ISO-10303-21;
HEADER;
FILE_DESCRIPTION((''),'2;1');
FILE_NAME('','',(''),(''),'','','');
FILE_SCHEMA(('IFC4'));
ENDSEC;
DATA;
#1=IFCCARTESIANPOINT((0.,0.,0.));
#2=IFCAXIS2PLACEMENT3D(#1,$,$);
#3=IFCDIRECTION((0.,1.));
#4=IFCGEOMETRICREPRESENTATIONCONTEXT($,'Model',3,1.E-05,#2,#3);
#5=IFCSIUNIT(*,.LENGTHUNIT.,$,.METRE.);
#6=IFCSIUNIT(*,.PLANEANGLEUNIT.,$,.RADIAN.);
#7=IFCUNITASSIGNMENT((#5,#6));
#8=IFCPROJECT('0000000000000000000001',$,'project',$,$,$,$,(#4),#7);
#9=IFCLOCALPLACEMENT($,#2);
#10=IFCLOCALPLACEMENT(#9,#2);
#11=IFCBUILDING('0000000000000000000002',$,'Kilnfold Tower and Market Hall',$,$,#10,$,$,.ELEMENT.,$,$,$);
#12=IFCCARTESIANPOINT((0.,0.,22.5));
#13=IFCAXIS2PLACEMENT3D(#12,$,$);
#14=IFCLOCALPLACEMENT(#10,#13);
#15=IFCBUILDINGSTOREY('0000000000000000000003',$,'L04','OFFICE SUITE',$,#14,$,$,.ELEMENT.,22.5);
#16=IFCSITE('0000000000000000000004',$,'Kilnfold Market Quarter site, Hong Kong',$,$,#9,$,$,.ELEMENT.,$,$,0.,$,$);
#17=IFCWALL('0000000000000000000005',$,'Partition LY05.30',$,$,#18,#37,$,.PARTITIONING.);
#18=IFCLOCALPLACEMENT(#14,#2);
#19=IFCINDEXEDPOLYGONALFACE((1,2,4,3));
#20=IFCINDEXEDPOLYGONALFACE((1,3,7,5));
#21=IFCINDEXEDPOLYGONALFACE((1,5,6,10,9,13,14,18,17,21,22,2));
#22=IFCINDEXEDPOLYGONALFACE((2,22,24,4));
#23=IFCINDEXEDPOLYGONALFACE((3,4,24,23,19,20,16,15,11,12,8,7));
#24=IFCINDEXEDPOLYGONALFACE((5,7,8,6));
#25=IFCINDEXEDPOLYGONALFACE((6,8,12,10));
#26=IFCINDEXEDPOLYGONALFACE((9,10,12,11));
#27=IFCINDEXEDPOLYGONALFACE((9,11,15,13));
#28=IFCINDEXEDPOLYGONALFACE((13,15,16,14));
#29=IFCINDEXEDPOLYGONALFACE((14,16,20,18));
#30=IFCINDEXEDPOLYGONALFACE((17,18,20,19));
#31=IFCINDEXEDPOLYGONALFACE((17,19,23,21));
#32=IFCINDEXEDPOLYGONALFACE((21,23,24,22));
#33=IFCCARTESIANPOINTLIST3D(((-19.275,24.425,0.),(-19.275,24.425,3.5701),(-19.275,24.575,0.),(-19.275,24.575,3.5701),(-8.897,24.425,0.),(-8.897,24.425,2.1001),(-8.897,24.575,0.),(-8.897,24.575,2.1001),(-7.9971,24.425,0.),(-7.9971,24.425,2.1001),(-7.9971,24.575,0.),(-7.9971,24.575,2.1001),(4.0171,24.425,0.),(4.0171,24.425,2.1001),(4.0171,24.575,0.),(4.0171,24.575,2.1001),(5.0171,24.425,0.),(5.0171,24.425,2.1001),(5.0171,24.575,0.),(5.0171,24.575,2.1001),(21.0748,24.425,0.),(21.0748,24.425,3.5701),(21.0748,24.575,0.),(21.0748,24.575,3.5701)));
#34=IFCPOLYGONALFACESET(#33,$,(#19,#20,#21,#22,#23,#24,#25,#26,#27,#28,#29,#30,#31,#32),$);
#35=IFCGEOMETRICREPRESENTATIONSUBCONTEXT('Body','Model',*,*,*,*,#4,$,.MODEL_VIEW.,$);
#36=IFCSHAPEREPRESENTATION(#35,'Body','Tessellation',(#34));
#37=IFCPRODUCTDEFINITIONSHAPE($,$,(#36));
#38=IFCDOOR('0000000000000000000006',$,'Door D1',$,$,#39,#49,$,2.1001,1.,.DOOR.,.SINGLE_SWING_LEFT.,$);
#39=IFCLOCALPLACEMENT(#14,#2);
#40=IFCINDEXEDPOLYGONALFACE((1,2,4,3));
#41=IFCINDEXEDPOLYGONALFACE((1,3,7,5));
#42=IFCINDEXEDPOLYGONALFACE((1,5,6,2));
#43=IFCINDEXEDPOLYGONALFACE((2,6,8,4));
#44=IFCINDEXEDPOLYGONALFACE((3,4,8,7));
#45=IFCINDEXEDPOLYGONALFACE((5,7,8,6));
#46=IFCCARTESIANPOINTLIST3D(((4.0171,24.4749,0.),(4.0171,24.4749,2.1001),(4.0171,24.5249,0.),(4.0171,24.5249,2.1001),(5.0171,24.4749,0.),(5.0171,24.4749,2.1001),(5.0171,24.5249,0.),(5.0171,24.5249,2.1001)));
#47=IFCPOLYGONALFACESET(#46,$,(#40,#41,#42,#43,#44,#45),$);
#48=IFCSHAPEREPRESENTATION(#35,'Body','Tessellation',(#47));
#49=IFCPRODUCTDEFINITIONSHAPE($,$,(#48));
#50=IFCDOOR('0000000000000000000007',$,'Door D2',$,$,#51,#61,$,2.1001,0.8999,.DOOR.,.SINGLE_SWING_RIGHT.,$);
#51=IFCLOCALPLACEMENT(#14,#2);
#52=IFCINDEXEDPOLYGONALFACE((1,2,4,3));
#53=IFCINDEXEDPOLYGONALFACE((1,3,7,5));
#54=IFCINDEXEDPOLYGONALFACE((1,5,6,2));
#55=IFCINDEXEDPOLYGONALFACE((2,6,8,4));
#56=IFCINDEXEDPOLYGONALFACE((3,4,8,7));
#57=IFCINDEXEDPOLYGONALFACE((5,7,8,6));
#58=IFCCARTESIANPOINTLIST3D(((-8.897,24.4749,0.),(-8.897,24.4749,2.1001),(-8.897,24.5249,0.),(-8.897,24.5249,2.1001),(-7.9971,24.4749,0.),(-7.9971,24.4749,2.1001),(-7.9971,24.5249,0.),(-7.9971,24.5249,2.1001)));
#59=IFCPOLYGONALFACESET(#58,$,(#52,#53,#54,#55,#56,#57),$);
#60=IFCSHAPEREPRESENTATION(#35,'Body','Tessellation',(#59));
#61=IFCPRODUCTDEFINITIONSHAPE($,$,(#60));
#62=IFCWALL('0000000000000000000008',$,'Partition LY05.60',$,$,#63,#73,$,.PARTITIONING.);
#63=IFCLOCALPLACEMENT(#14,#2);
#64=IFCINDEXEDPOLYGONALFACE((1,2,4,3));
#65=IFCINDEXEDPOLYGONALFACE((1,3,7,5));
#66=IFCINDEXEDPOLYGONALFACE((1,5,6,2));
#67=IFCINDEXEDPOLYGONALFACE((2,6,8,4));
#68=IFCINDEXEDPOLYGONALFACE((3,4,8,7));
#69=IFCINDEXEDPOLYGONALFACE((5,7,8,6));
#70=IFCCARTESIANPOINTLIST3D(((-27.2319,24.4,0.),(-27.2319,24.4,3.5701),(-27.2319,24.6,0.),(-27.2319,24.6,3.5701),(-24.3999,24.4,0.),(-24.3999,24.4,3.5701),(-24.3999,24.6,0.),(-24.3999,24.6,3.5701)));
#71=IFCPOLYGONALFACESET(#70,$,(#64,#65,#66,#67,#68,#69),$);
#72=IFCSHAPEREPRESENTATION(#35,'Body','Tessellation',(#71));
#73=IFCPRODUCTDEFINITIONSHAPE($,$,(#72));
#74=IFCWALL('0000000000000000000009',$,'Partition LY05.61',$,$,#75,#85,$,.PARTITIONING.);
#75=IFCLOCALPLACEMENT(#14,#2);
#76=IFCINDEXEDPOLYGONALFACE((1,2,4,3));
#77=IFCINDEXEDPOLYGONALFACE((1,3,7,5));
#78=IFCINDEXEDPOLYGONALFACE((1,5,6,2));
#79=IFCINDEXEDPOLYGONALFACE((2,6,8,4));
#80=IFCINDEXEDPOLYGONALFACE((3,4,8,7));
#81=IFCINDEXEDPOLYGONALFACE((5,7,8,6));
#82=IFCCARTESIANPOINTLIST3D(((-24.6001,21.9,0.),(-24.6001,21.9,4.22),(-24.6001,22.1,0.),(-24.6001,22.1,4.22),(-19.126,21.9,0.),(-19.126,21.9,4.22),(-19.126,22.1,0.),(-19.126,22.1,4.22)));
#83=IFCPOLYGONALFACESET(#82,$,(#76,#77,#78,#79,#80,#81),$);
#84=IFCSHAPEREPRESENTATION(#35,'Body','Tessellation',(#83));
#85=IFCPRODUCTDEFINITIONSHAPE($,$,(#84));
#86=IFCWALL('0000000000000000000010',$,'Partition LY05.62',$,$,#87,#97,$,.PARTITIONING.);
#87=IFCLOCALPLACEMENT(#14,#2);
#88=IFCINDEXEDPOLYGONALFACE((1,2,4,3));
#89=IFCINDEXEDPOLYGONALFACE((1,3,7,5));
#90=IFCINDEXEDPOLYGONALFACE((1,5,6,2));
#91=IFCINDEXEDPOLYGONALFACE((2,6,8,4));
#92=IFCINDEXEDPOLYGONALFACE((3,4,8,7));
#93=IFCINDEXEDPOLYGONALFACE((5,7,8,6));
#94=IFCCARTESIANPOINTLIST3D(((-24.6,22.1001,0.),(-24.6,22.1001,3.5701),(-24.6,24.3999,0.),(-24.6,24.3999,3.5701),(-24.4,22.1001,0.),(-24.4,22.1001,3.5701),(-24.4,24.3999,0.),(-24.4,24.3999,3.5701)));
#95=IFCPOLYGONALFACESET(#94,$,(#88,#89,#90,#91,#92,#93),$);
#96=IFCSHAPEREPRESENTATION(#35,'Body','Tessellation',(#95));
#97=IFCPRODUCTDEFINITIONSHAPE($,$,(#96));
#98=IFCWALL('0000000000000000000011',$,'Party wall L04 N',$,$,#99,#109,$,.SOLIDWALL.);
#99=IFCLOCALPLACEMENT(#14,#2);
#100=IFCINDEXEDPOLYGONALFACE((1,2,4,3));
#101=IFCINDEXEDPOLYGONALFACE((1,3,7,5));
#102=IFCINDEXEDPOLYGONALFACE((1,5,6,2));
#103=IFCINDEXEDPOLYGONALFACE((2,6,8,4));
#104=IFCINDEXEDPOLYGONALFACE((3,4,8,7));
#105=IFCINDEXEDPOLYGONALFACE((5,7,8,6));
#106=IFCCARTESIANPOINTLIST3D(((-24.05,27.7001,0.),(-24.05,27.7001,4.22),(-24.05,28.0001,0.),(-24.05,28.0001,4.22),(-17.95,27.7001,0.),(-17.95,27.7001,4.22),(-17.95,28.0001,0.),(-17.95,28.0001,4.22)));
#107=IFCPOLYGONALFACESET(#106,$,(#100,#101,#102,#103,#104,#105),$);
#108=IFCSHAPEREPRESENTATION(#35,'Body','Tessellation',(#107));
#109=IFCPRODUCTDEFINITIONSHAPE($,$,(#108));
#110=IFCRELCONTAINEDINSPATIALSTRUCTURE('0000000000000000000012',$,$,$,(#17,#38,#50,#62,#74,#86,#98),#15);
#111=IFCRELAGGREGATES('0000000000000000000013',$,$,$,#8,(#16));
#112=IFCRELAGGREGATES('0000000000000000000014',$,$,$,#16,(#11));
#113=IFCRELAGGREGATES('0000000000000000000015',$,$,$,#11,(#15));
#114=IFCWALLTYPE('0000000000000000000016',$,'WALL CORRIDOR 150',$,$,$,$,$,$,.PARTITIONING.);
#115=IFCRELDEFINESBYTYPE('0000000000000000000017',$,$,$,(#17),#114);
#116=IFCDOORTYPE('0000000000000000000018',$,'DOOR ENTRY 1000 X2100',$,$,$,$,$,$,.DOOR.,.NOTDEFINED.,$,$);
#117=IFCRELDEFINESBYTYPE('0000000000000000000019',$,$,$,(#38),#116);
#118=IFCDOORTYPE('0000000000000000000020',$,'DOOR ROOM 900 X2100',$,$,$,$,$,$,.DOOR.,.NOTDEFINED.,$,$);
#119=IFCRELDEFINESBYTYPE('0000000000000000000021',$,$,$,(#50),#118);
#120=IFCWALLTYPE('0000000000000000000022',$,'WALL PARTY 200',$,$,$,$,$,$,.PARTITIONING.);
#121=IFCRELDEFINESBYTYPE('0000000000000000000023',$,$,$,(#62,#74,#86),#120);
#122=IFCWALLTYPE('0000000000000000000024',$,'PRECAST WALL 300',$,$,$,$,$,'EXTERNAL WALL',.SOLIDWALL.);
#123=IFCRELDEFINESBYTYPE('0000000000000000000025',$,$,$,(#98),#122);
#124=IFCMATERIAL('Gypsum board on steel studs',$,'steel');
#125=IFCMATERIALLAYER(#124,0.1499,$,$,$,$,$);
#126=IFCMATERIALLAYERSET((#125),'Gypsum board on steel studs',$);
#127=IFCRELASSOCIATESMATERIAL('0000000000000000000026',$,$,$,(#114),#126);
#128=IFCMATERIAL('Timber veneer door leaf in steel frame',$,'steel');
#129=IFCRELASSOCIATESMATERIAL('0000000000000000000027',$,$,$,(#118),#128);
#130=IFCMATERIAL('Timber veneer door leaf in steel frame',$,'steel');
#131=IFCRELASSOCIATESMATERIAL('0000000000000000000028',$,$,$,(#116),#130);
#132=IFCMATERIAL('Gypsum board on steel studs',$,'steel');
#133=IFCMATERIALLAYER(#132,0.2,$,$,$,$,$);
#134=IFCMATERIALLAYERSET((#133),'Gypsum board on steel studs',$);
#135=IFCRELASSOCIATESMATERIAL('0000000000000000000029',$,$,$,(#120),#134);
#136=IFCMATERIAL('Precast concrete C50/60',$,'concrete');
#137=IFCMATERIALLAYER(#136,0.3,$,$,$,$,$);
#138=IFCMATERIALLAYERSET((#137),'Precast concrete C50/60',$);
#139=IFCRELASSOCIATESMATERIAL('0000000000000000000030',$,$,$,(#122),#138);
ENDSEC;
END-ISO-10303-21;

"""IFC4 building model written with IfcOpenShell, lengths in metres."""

from ifc_helpers import new_model, si_unit, direction, frame, frame_2d, origin, place, context, subcontext, project, spatial, rectangle, extrude, source, transform, mapped, material, layer, layer_set, type_object, element, fill, save


model = new_model("IFC4")

# Units and contexts
model_context = context("Model", 3, precision=1e-05, world=origin(), true_north=direction((0.0, 1.0)))
body_context = subcontext(model_context, "Body", "Model", "MODEL_VIEW")
ifc_project = project(units=[si_unit("LENGTHUNIT", "METRE"), si_unit("PLANEANGLEUNIT", "RADIAN")], contexts=[model_context])

# Site, building, storey
site_placement = place(None, origin())
site = spatial("IfcSite", under=ifc_project, at=site_placement, Name="Kilnfold Market Quarter site, Hong Kong", CompositionType="ELEMENT", RefElevation=0.0)
building_placement = place(site_placement, origin())
building = spatial("IfcBuilding", under=site, at=building_placement, Name="Kilnfold Tower and Market Hall", CompositionType="ELEMENT")
storey_placement = place(building_placement, frame((0.0, 0.0, 22.5)))
storey = spatial("IfcBuildingStorey", under=building, at=storey_placement, Name="L04", Description="OFFICE SUITE", CompositionType="ELEMENT", Elevation=22.5)

# Shared definitions
ifc_material_1 = material(Name="Gypsum board on steel studs", Category="steel")
ifc_layer_1 = layer(ifc_material_1, 0.1499)
ifc_layer_set_1 = layer_set([ifc_layer_1], Name="Gypsum board on steel studs")
wall_type_1 = type_object("IfcWallType", Name="WALL CORRIDOR 150", PredefinedType="PARTITIONING", material=ifc_layer_set_1)
ifc_material_2 = material(Name="Timber veneer door leaf in steel frame", Category="steel")
door_type_1 = type_object("IfcDoorType", Name="DOOR ROOM 900 X2100", OperationType="NOTDEFINED", PredefinedType="DOOR", material=ifc_material_2)

# Wall, openings, doors
wall_1_placement = place(storey_placement, frame((-19.2749, 24.5, 0.0), z_axis=(0.0, 0.0, 1.0), x_axis=(1.0, 0.0, 0.0)))
wall_1 = element("IfcWall", 1, at=wall_1_placement, inside=storey, type_object=wall_type_1, Name="Partition LY05.30", PredefinedType="PARTITIONING", context=body_context, shape_type="SweptSolid", body=[
    extrude(rectangle(XDim=40.3499, YDim=0.1499, at=frame_2d((20.1748, 0.0))), origin(), (0.0, 0.0, 1.0), 3.5701),
])
opening_1_placement = place(wall_1_placement, frame((10.3779, 0.0, 0.0)))
opening_1 = element("IfcOpeningElement", 2, at=opening_1_placement, cuts=wall_1, PredefinedType="OPENING", context=body_context, shape_type="SweptSolid", body=[
    extrude(rectangle(XDim=0.8999, YDim=2.1001, at=frame_2d((0.45, 1.05))), frame((0.0, 0.085, 0.0), z_axis=(0.0, -1.0, 0.0), x_axis=(1.0, 0.0, 0.0)), (0.0, 0.0, 1.0), 0.1699),
])
opening_2_placement = place(wall_1_placement, frame((23.292, 0.0, 0.0)))
opening_2 = element("IfcOpeningElement", 3, at=opening_2_placement, cuts=wall_1, PredefinedType="OPENING", context=body_context, shape_type="SweptSolid", body=[
    extrude(rectangle(XDim=1.0, YDim=2.1001, at=frame_2d((0.5, 1.05))), frame((0.0, 0.085, 0.0), z_axis=(0.0, -1.0, 0.0), x_axis=(1.0, 0.0, 0.0)), (0.0, 0.0, 1.0), 0.1699),
])
ifc_material_3 = material(Name="Timber veneer door leaf in steel frame", Category="steel")
door_type_2 = type_object("IfcDoorType", Name="DOOR ENTRY 1000 X2100", OperationType="NOTDEFINED", PredefinedType="DOOR", material=ifc_material_3)
door_1_placement = place(opening_2_placement, origin())
door_1 = element("IfcDoor", 4, at=door_1_placement, inside=storey, type_object=door_type_2, Name="Door D1", OperationType="SINGLE_SWING_LEFT", OverallHeight=2.1001, OverallWidth=1.0, PredefinedType="DOOR", context=body_context, shape_type="SweptSolid", body=[
    extrude(rectangle(XDim=1.0, YDim=2.1001, at=frame_2d((0.5, 1.05))), frame((0.0, 0.0249, 0.0), z_axis=(0.0, -1.0, 0.0), x_axis=(1.0, 0.0, 0.0)), (0.0, 0.0, 1.0), 0.05),
])
fill(opening_2, door_1)
door_2_placement = place(opening_1_placement, origin())
door_2 = element("IfcDoor", 5, at=door_2_placement, inside=storey, type_object=door_type_1, Name="Door D2", OperationType="SINGLE_SWING_RIGHT", OverallHeight=2.1001, OverallWidth=0.8999, PredefinedType="DOOR", context=body_context, shape_type="SweptSolid", body=[
    extrude(rectangle(XDim=0.8999, YDim=2.1001, at=frame_2d((0.45, 1.05))), frame((0.0, 0.0249, 0.0), z_axis=(0.0, -1.0, 0.0), x_axis=(1.0, 0.0, 0.0)), (0.0, 0.0, 1.0), 0.05),
])
fill(opening_1, door_2)

# Walls
ifc_material_4 = material(Name="Gypsum board on steel studs", Category="steel")
ifc_layer_2 = layer(ifc_material_4, 0.2)
ifc_layer_set_2 = layer_set([ifc_layer_2], Name="Gypsum board on steel studs")
wall_type_2 = type_object("IfcWallType", Name="WALL PARTY 200", PredefinedType="PARTITIONING", material=ifc_layer_set_2)
wall_2_placement = place(storey_placement, frame((-27.2319, 24.5, 0.0), z_axis=(0.0, 0.0, 1.0), x_axis=(1.0, 0.0, 0.0)))
element("IfcWall", 6, at=wall_2_placement, inside=storey, type_object=wall_type_2, Name="Partition LY05.60", PredefinedType="PARTITIONING", context=body_context, shape_type="SweptSolid", body=[
    extrude(rectangle(XDim=2.832, YDim=0.2, at=frame_2d((1.416, 0.0))), origin(), (0.0, 0.0, 1.0), 3.5701),
])
wall_3_placement = place(storey_placement, frame((-24.6001, 22.0, 0.0), z_axis=(0.0, 0.0, 1.0), x_axis=(1.0, 0.0, 0.0)))
element("IfcWall", 7, at=wall_3_placement, inside=storey, type_object=wall_type_2, Name="Partition LY05.61", PredefinedType="PARTITIONING", context=body_context, shape_type="SweptSolid", body=[
    extrude(rectangle(XDim=5.4741, YDim=0.2, at=frame_2d((2.7371, 0.0))), origin(), (0.0, 0.0, 1.0), 4.22),
])
wall_4_placement = place(storey_placement, frame((-24.5, 24.3999, 0.0), z_axis=(0.0, 0.0, 1.0), x_axis=(0.0, -1.0, 0.0)))
element("IfcWall", 8, at=wall_4_placement, inside=storey, type_object=wall_type_2, Name="Partition LY05.62", PredefinedType="PARTITIONING", context=body_context, shape_type="SweptSolid", body=[
    extrude(rectangle(XDim=2.2998, YDim=0.2, at=frame_2d((1.1499, 0.0))), origin(), (0.0, 0.0, 1.0), 3.5701),
])
ifc_material_5 = material(Name="Precast concrete C50/60", Category="concrete")
ifc_layer_3 = layer(ifc_material_5, 0.3)
ifc_layer_set_3 = layer_set([ifc_layer_3], Name="Precast concrete C50/60")
wall_type_3 = type_object("IfcWallType", Name="PRECAST WALL 300", ElementType="EXTERNAL WALL", PredefinedType="SOLIDWALL", material=ifc_layer_set_3)
shared_shape_1 = source(origin(), body_context, "Body", "SweptSolid", [
    extrude(rectangle(XDim=6.1001, YDim=0.3, at=frame_2d((3.05, 0.0))), origin(), (0.0, 0.0, 1.0), 4.22),
])
wall_5_placement = place(storey_placement, frame((-17.95, 27.8501, 0.0), z_axis=(0.0, 0.0, 1.0), x_axis=(-1.0, 0.0, 0.0)))
element("IfcWall", 9, at=wall_5_placement, inside=storey, type_object=wall_type_3, Name="Party wall L04 N", PredefinedType="SOLIDWALL", context=body_context, shape_type="MappedRepresentation", body=[
    mapped(shared_shape_1, transform((0.0, 0.0, 0.0))),
])

save(model, "model.ifc")
